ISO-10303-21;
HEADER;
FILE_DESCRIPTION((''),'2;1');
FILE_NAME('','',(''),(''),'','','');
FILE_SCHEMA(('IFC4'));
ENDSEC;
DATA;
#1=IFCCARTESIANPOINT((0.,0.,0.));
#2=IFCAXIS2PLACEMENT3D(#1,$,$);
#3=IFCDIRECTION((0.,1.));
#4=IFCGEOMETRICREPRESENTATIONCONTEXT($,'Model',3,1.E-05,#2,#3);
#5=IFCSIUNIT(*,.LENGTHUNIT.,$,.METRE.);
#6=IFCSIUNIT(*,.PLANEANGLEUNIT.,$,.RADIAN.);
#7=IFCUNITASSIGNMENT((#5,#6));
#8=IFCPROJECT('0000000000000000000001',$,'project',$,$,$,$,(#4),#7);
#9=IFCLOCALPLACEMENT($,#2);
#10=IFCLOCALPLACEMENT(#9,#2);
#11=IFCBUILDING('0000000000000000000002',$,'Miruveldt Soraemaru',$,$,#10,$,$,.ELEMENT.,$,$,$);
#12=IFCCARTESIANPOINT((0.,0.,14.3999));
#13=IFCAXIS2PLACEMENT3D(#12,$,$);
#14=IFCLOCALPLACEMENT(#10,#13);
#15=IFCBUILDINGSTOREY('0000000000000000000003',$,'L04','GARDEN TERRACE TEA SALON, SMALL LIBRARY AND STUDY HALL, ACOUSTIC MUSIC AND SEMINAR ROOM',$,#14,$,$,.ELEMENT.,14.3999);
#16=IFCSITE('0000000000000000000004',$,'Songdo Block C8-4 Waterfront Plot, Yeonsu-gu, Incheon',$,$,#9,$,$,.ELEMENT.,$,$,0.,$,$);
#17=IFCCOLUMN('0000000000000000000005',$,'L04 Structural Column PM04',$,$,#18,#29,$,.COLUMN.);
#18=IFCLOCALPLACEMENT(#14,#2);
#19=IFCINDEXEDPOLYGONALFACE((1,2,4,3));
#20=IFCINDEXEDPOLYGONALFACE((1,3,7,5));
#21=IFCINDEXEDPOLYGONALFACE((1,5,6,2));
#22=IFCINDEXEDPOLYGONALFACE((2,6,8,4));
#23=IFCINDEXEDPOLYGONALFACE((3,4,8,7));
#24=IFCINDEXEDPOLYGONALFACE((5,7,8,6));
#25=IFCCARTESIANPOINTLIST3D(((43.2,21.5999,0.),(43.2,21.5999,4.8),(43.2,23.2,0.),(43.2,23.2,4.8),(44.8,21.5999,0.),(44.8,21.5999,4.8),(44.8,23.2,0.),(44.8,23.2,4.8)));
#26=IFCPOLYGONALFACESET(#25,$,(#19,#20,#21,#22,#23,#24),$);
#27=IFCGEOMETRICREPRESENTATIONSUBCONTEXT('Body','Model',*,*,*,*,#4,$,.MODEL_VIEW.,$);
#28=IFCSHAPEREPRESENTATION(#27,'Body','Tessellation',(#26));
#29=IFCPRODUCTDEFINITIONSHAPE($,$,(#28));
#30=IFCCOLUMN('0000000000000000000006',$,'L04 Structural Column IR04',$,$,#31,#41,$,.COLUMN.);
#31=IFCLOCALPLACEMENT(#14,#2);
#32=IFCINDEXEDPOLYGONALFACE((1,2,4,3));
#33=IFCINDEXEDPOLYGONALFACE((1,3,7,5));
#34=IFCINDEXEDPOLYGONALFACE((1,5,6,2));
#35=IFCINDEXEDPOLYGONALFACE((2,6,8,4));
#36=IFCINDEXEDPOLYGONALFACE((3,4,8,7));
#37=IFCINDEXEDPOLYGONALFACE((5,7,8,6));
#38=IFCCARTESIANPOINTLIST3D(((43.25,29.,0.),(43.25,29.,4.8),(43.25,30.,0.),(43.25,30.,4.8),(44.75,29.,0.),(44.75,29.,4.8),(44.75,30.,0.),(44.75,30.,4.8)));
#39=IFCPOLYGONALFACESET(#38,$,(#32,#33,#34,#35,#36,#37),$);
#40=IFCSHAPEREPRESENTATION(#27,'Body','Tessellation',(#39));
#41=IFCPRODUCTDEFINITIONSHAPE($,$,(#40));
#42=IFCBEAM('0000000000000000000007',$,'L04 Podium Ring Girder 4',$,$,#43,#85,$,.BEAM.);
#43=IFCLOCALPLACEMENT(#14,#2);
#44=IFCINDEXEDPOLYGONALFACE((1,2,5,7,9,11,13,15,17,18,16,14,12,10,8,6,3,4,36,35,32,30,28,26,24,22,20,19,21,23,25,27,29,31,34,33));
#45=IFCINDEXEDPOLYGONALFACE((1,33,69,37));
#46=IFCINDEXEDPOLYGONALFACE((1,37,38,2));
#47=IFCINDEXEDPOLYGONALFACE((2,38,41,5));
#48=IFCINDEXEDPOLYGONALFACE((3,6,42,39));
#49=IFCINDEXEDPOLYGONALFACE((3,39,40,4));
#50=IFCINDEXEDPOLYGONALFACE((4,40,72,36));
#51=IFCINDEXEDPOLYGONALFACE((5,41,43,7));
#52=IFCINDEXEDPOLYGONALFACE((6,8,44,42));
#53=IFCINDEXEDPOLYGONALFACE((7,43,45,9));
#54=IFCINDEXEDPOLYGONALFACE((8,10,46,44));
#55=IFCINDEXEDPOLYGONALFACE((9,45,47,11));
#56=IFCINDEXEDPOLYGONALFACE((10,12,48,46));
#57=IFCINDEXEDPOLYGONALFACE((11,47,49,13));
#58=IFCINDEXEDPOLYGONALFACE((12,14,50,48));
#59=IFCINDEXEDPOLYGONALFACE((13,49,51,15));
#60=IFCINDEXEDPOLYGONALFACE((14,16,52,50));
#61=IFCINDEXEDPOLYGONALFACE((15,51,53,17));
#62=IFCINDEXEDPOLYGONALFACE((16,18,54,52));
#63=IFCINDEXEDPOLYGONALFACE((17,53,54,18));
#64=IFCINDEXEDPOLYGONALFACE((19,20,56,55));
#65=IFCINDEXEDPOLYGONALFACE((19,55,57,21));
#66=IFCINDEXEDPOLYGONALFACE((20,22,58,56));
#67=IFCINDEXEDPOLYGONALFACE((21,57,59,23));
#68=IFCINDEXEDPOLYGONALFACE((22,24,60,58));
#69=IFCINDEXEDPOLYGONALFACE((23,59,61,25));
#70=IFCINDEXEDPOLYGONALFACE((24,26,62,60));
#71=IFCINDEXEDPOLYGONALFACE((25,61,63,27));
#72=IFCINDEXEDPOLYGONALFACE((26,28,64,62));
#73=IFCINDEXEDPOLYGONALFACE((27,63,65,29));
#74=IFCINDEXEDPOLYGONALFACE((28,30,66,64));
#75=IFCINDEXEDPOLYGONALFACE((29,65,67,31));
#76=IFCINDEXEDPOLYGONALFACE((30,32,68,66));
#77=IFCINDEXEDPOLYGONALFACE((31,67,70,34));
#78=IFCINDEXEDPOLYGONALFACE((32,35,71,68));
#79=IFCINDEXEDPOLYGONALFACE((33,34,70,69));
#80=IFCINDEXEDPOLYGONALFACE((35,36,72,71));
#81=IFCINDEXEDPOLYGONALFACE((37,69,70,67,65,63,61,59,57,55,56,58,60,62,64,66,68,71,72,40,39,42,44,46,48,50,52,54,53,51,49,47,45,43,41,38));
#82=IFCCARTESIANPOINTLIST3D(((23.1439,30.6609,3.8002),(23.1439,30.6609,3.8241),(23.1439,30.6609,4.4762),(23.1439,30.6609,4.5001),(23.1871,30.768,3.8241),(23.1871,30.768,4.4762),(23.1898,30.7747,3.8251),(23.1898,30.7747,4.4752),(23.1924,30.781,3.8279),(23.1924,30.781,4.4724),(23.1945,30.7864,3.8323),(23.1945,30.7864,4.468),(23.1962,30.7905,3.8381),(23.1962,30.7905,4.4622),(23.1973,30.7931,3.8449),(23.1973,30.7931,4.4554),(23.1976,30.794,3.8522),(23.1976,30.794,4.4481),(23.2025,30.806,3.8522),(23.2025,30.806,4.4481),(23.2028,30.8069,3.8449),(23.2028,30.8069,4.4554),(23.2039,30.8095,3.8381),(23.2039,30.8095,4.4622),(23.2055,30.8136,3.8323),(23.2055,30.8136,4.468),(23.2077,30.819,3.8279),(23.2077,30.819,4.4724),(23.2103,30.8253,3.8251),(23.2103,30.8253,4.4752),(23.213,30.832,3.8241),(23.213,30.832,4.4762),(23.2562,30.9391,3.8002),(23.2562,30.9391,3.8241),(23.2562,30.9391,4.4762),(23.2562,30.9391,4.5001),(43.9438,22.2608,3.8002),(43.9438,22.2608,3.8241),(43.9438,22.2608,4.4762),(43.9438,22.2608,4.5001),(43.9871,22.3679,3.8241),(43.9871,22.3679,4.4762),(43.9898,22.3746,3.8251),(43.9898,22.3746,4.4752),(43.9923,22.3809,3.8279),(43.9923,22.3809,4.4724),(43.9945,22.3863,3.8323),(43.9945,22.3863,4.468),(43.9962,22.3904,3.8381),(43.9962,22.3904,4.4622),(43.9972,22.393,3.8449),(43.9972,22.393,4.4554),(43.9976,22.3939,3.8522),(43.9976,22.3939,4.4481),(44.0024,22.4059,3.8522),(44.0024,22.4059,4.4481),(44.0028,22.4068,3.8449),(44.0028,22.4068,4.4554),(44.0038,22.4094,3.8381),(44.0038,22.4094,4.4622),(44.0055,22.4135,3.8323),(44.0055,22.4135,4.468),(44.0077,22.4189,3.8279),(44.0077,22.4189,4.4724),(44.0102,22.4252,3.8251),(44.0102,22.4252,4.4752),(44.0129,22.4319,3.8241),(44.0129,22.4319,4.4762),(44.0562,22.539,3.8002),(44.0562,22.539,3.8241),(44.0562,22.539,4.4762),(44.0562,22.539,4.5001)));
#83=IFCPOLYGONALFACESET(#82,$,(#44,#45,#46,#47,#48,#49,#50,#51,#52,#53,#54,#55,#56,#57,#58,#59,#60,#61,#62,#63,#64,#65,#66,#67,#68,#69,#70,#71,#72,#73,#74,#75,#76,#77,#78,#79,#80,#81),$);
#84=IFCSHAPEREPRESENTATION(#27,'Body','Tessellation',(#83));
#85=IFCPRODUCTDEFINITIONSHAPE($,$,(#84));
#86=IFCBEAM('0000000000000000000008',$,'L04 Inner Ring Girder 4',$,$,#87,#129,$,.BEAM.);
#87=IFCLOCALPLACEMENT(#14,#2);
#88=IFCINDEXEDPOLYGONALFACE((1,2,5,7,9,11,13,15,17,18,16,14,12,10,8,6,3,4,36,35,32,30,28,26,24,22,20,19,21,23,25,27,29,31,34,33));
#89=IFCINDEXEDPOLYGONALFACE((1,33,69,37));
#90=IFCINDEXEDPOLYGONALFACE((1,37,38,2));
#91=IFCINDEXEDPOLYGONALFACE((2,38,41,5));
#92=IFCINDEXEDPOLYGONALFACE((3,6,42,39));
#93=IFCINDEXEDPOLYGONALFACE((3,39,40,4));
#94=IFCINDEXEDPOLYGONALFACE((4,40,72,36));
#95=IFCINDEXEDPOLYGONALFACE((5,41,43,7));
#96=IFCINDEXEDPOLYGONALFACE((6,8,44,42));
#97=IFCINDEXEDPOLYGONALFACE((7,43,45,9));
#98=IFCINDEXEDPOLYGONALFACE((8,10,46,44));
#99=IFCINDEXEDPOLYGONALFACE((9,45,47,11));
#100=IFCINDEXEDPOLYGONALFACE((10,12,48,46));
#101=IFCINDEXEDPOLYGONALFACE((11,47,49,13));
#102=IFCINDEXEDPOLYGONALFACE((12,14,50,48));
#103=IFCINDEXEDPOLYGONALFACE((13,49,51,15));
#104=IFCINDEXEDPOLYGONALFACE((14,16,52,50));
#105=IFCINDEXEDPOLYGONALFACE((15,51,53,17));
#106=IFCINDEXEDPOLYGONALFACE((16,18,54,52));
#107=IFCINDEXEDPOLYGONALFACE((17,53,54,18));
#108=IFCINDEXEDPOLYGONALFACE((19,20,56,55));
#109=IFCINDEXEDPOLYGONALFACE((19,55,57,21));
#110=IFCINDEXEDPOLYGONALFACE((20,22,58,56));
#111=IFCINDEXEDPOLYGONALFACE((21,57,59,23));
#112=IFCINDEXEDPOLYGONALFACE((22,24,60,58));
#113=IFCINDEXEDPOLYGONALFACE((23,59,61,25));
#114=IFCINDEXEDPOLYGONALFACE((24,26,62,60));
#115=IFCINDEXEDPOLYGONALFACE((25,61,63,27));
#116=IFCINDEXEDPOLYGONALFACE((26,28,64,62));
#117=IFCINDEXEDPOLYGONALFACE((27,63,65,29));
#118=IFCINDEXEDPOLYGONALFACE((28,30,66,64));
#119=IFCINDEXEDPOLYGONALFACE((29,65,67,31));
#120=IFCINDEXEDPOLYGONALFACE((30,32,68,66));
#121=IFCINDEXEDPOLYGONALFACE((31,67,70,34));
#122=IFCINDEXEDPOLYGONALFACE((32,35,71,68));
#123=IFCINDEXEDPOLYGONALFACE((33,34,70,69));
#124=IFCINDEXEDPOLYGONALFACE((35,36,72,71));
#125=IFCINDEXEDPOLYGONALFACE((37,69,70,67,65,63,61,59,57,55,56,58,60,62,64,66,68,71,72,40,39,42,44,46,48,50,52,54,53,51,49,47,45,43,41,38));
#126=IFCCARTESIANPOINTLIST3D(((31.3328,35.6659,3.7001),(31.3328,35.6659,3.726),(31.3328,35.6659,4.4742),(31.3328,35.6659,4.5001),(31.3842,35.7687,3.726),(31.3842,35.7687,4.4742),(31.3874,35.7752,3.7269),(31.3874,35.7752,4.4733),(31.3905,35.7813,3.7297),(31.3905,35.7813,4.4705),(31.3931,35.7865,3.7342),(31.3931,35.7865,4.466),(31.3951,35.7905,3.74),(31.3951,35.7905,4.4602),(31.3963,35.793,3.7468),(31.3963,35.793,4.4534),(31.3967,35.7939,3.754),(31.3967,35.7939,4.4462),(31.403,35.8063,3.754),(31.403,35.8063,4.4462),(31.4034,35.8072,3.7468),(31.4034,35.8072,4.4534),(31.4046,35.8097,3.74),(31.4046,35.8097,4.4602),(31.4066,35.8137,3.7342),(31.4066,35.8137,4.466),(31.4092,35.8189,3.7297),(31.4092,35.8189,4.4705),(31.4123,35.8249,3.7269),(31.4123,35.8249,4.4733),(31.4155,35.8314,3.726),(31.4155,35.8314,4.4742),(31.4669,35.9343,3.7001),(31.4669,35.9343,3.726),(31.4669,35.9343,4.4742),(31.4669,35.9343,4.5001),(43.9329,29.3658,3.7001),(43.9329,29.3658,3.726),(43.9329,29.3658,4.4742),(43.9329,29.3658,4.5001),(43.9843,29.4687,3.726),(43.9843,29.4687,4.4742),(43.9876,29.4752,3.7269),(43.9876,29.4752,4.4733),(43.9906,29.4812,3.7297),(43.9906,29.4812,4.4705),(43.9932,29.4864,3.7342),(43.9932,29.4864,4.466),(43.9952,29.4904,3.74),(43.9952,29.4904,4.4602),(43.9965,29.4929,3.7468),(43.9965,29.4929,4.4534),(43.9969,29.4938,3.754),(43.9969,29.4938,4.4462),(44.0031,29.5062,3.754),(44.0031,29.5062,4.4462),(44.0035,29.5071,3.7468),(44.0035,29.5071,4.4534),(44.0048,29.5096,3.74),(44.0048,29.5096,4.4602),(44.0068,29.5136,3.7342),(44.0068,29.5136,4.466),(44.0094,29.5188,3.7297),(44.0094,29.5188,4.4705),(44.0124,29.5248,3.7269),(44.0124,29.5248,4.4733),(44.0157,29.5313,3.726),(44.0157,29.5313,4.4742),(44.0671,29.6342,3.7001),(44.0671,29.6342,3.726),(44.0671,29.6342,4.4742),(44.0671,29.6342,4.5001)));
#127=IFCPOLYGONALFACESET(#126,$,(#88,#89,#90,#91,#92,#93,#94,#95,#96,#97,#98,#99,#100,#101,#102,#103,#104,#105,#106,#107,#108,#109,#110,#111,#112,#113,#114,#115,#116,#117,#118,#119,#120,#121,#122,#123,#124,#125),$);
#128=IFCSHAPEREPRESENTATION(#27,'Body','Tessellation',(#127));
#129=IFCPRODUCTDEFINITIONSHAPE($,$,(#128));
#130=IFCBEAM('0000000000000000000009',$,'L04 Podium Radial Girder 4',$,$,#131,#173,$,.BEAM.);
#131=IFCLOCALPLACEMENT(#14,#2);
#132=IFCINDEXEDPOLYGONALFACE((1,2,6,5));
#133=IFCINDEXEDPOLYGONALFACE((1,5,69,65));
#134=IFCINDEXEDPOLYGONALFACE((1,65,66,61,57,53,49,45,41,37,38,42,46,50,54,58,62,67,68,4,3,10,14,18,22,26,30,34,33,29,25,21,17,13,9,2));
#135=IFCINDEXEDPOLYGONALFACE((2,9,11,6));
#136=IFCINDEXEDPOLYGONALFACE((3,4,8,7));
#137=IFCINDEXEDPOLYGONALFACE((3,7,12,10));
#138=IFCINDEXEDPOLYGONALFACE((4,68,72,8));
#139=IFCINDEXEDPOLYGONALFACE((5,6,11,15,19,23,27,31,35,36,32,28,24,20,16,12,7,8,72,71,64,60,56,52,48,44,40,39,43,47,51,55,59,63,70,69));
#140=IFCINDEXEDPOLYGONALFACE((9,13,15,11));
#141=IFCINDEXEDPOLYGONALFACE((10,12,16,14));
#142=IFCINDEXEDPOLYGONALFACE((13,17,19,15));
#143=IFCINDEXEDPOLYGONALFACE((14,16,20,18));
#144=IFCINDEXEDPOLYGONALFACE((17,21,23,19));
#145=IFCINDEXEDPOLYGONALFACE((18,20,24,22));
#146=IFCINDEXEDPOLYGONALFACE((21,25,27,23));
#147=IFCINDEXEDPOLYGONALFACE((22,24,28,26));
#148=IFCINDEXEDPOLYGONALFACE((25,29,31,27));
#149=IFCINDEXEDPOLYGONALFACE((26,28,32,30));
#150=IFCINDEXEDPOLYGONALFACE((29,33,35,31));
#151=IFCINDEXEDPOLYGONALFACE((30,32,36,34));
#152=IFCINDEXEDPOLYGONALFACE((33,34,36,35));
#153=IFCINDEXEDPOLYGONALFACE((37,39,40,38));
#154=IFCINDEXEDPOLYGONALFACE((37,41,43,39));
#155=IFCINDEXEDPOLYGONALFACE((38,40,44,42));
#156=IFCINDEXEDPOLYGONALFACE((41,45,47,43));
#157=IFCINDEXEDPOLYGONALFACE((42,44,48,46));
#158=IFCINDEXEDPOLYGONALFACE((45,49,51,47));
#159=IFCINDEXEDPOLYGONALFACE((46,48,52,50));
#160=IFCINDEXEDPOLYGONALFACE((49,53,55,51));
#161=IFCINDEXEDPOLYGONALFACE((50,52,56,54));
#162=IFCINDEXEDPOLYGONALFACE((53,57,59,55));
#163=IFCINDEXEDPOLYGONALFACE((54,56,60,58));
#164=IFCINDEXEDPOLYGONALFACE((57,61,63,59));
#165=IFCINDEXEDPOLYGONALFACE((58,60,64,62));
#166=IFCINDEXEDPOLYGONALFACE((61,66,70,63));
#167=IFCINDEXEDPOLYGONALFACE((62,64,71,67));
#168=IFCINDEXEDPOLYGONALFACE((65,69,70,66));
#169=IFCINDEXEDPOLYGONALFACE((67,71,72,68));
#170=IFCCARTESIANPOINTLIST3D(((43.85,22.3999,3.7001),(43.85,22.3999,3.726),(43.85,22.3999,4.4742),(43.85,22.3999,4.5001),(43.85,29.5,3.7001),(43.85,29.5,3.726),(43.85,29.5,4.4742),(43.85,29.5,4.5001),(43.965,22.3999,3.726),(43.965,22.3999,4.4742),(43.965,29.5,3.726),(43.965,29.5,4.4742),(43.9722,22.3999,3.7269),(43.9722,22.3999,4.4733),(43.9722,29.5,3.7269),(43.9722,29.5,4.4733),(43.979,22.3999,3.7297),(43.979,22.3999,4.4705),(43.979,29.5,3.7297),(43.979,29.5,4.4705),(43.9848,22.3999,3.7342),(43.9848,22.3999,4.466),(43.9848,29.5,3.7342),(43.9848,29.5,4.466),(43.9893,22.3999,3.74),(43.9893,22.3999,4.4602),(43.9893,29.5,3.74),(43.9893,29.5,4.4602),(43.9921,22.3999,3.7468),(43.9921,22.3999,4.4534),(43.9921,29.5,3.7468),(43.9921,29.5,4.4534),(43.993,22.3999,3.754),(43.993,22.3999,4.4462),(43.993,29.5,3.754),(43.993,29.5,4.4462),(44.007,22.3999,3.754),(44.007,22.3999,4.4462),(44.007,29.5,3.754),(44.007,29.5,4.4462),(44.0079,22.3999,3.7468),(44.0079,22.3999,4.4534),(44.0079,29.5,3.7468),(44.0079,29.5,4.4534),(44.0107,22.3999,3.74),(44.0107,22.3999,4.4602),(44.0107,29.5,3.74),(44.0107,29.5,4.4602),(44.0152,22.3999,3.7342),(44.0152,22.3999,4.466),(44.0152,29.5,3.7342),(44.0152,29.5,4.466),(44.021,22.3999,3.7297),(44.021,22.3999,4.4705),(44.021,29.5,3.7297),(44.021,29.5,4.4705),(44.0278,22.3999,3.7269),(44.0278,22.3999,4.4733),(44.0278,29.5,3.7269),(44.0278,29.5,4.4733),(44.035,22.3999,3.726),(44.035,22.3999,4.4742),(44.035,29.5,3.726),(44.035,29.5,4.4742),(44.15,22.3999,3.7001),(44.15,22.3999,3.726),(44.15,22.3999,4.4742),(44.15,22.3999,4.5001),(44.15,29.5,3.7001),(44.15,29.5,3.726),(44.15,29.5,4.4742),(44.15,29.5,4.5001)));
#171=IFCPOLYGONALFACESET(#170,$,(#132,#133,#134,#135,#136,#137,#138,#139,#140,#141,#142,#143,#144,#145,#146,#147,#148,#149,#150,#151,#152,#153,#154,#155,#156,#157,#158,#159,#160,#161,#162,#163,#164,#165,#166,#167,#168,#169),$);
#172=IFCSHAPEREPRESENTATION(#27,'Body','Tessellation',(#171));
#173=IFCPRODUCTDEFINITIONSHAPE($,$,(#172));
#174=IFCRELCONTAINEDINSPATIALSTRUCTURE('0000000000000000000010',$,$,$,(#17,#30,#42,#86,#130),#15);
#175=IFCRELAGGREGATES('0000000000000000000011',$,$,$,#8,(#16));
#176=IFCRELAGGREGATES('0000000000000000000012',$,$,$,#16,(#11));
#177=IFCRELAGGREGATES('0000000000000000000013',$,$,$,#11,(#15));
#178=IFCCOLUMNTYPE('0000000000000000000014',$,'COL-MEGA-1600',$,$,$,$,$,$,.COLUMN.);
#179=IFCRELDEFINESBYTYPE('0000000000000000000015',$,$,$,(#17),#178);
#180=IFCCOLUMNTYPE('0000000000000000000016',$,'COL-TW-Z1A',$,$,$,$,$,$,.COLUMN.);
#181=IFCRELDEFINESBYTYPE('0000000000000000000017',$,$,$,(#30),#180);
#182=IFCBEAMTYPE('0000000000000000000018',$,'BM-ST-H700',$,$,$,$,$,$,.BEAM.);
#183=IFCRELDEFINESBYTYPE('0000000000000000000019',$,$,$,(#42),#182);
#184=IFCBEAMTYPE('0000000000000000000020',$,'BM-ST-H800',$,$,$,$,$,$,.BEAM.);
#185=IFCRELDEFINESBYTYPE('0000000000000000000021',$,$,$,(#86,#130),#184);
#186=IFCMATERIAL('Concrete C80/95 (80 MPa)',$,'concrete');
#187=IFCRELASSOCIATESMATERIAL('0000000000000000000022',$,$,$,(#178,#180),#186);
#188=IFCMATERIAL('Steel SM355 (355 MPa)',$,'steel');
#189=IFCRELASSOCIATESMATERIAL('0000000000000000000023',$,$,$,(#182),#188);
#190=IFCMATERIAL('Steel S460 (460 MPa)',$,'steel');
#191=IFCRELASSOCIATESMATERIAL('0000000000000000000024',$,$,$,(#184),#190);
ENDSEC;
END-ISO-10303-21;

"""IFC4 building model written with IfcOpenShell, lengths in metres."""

from ifc_helpers import new_model, si_unit, direction, frame, origin, origin_2d, place, context, subcontext, project, spatial, rectangle, i_section, extrude, material, material_profile, profile_set, type_object, element, save


model = new_model("IFC4")

# Units and contexts
model_context = context("Model", 3, precision=1e-05, world=origin(), true_north=direction((0.0, 1.0)))
body_context = subcontext(model_context, "Body", "Model", "MODEL_VIEW")
ifc_project = project(units=[si_unit("LENGTHUNIT", "METRE"), si_unit("PLANEANGLEUNIT", "RADIAN")], contexts=[model_context])

# Site, building, storey
site_placement = place(None, origin())
site = spatial("IfcSite", under=ifc_project, at=site_placement, Name="Songdo Block C8-4 Waterfront Plot, Yeonsu-gu, Incheon", CompositionType="ELEMENT", RefElevation=0.0)
building_placement = place(site_placement, origin())
building = spatial("IfcBuilding", under=site, at=building_placement, Name="Miruveldt Soraemaru", CompositionType="ELEMENT")
storey_placement = place(building_placement, frame((0.0, 0.0, 14.3999)))
storey = spatial("IfcBuildingStorey", under=building, at=storey_placement, Name="L04", Description="GARDEN TERRACE TEA SALON, SMALL LIBRARY AND STUDY HALL, ACOUSTIC MUSIC AND SEMINAR ROOM", CompositionType="ELEMENT", Elevation=14.3999)

# Columns
ifc_material_1 = material(Name="Concrete C80/95 (80 MPa)", Category="concrete")
ifc_material_profile_1 = material_profile(ifc_material_1, rectangle(XDim=1.6001, YDim=1.6001, at=origin_2d()), Name="Concrete C80/95 (80 MPa)", Category="concrete")
ifc_profile_set_1 = profile_set([ifc_material_profile_1], Name="Concrete C80/95 (80 MPa)")
column_type_1 = type_object("IfcColumnType", Name="COL-MEGA-1600", PredefinedType="COLUMN", material=ifc_profile_set_1)
column_1_placement = place(storey_placement, frame((44.0, 22.3999, 0.0), z_axis=(0.0, 0.0, 1.0), x_axis=(1.0, 0.0, 0.0)))
element("IfcColumn", 1, at=column_1_placement, inside=storey, type_object=column_type_1, Name="L04 Structural Column PM04", PredefinedType="COLUMN", context=body_context, shape_type="SweptSolid", body=[
    extrude(rectangle(XDim=1.6001, YDim=1.6001, at=origin_2d()), origin(), (0.0, 0.0, 1.0), 4.8),
])
ifc_material_profile_2 = material_profile(ifc_material_1, rectangle(XDim=1.5, YDim=1.0, at=origin_2d()), Name="Concrete C80/95 (80 MPa)", Category="concrete")
ifc_profile_set_2 = profile_set([ifc_material_profile_2], Name="Concrete C80/95 (80 MPa)")
column_type_2 = type_object("IfcColumnType", Name="COL-TW-Z1A", PredefinedType="COLUMN", material=ifc_profile_set_2)
column_2_placement = place(storey_placement, frame((44.0, 29.5, 0.0), z_axis=(0.0, 0.0, 1.0), x_axis=(1.0, 0.0, 0.0)))
element("IfcColumn", 2, at=column_2_placement, inside=storey, type_object=column_type_2, Name="L04 Structural Column IR04", PredefinedType="COLUMN", context=body_context, shape_type="SweptSolid", body=[
    extrude(rectangle(XDim=1.5, YDim=1.0, at=origin_2d()), origin(), (0.0, 0.0, 1.0), 4.8),
])

# Beams
ifc_material_2 = material(Name="Steel SM355 (355 MPa)", Category="steel")
ifc_material_profile_3 = material_profile(ifc_material_2, i_section(OverallWidth=0.3, OverallDepth=0.7, WebThickness=0.0129, FlangeThickness=0.0239, FilletRadius=0.0281, at=origin_2d()), Name="Steel SM355 (355 MPa)", Category="steel")
ifc_profile_set_3 = profile_set([ifc_material_profile_3], Name="Steel SM355 (355 MPa)")
beam_type_1 = type_object("IfcBeamType", Name="BM-ST-H700", PredefinedType="BEAM", material=ifc_profile_set_3)
beam_1_placement = place(storey_placement, frame((44.0, 22.3999, 4.1501), z_axis=(-0.92724, 0.374468, 0.0), x_axis=(-0.374468, -0.92724, 0.0)))
element("IfcBeam", 3, at=beam_1_placement, inside=storey, type_object=beam_type_1, Name="L04 Podium Ring Girder 4", PredefinedType="BEAM", context=body_context, shape_type="SweptSolid", body=[
    extrude(i_section(OverallWidth=0.3, OverallDepth=0.7, WebThickness=0.0129, FlangeThickness=0.0239, FilletRadius=0.0281, at=origin_2d()), origin(), (0.0, 0.0, 1.0), 22.4321),
])
ifc_material_3 = material(Name="Steel S460 (460 MPa)", Category="steel")
ifc_material_profile_4 = material_profile(ifc_material_3, i_section(OverallWidth=0.3, OverallDepth=0.8, WebThickness=0.0139, FlangeThickness=0.0259, FilletRadius=0.0281, at=origin_2d()), Name="Steel S460 (460 MPa)", Category="steel")
ifc_profile_set_4 = profile_set([ifc_material_profile_4], Name="Steel S460 (460 MPa)")
beam_type_2 = type_object("IfcBeamType", Name="BM-ST-H800", PredefinedType="BEAM", material=ifc_profile_set_4)
beam_2_placement = place(storey_placement, frame((44.0, 29.5, 4.1001), z_axis=(-0.894427, 0.447214, 0.0), x_axis=(-0.447214, -0.894427, 0.0)))
element("IfcBeam", 4, at=beam_2_placement, inside=storey, type_object=beam_type_2, Name="L04 Inner Ring Girder 4", PredefinedType="BEAM", context=body_context, shape_type="SweptSolid", body=[
    extrude(i_section(OverallWidth=0.3, OverallDepth=0.8, WebThickness=0.0139, FlangeThickness=0.0259, FilletRadius=0.0281, at=origin_2d()), origin(), (0.0, 0.0, 1.0), 14.0874),
])
beam_3_placement = place(storey_placement, frame((44.0, 29.5, 4.1001), z_axis=(0.0, -1.0, 0.0), x_axis=(1.0, 0.0, 0.0)))
element("IfcBeam", 5, at=beam_3_placement, inside=storey, type_object=beam_type_2, Name="L04 Podium Radial Girder 4", PredefinedType="BEAM", context=body_context, shape_type="SweptSolid", body=[
    extrude(i_section(OverallWidth=0.3, OverallDepth=0.8, WebThickness=0.0139, FlangeThickness=0.0259, FilletRadius=0.0281, at=origin_2d()), origin(), (0.0, 0.0, 1.0), 7.1001),
])

save(model, "model.ifc")
